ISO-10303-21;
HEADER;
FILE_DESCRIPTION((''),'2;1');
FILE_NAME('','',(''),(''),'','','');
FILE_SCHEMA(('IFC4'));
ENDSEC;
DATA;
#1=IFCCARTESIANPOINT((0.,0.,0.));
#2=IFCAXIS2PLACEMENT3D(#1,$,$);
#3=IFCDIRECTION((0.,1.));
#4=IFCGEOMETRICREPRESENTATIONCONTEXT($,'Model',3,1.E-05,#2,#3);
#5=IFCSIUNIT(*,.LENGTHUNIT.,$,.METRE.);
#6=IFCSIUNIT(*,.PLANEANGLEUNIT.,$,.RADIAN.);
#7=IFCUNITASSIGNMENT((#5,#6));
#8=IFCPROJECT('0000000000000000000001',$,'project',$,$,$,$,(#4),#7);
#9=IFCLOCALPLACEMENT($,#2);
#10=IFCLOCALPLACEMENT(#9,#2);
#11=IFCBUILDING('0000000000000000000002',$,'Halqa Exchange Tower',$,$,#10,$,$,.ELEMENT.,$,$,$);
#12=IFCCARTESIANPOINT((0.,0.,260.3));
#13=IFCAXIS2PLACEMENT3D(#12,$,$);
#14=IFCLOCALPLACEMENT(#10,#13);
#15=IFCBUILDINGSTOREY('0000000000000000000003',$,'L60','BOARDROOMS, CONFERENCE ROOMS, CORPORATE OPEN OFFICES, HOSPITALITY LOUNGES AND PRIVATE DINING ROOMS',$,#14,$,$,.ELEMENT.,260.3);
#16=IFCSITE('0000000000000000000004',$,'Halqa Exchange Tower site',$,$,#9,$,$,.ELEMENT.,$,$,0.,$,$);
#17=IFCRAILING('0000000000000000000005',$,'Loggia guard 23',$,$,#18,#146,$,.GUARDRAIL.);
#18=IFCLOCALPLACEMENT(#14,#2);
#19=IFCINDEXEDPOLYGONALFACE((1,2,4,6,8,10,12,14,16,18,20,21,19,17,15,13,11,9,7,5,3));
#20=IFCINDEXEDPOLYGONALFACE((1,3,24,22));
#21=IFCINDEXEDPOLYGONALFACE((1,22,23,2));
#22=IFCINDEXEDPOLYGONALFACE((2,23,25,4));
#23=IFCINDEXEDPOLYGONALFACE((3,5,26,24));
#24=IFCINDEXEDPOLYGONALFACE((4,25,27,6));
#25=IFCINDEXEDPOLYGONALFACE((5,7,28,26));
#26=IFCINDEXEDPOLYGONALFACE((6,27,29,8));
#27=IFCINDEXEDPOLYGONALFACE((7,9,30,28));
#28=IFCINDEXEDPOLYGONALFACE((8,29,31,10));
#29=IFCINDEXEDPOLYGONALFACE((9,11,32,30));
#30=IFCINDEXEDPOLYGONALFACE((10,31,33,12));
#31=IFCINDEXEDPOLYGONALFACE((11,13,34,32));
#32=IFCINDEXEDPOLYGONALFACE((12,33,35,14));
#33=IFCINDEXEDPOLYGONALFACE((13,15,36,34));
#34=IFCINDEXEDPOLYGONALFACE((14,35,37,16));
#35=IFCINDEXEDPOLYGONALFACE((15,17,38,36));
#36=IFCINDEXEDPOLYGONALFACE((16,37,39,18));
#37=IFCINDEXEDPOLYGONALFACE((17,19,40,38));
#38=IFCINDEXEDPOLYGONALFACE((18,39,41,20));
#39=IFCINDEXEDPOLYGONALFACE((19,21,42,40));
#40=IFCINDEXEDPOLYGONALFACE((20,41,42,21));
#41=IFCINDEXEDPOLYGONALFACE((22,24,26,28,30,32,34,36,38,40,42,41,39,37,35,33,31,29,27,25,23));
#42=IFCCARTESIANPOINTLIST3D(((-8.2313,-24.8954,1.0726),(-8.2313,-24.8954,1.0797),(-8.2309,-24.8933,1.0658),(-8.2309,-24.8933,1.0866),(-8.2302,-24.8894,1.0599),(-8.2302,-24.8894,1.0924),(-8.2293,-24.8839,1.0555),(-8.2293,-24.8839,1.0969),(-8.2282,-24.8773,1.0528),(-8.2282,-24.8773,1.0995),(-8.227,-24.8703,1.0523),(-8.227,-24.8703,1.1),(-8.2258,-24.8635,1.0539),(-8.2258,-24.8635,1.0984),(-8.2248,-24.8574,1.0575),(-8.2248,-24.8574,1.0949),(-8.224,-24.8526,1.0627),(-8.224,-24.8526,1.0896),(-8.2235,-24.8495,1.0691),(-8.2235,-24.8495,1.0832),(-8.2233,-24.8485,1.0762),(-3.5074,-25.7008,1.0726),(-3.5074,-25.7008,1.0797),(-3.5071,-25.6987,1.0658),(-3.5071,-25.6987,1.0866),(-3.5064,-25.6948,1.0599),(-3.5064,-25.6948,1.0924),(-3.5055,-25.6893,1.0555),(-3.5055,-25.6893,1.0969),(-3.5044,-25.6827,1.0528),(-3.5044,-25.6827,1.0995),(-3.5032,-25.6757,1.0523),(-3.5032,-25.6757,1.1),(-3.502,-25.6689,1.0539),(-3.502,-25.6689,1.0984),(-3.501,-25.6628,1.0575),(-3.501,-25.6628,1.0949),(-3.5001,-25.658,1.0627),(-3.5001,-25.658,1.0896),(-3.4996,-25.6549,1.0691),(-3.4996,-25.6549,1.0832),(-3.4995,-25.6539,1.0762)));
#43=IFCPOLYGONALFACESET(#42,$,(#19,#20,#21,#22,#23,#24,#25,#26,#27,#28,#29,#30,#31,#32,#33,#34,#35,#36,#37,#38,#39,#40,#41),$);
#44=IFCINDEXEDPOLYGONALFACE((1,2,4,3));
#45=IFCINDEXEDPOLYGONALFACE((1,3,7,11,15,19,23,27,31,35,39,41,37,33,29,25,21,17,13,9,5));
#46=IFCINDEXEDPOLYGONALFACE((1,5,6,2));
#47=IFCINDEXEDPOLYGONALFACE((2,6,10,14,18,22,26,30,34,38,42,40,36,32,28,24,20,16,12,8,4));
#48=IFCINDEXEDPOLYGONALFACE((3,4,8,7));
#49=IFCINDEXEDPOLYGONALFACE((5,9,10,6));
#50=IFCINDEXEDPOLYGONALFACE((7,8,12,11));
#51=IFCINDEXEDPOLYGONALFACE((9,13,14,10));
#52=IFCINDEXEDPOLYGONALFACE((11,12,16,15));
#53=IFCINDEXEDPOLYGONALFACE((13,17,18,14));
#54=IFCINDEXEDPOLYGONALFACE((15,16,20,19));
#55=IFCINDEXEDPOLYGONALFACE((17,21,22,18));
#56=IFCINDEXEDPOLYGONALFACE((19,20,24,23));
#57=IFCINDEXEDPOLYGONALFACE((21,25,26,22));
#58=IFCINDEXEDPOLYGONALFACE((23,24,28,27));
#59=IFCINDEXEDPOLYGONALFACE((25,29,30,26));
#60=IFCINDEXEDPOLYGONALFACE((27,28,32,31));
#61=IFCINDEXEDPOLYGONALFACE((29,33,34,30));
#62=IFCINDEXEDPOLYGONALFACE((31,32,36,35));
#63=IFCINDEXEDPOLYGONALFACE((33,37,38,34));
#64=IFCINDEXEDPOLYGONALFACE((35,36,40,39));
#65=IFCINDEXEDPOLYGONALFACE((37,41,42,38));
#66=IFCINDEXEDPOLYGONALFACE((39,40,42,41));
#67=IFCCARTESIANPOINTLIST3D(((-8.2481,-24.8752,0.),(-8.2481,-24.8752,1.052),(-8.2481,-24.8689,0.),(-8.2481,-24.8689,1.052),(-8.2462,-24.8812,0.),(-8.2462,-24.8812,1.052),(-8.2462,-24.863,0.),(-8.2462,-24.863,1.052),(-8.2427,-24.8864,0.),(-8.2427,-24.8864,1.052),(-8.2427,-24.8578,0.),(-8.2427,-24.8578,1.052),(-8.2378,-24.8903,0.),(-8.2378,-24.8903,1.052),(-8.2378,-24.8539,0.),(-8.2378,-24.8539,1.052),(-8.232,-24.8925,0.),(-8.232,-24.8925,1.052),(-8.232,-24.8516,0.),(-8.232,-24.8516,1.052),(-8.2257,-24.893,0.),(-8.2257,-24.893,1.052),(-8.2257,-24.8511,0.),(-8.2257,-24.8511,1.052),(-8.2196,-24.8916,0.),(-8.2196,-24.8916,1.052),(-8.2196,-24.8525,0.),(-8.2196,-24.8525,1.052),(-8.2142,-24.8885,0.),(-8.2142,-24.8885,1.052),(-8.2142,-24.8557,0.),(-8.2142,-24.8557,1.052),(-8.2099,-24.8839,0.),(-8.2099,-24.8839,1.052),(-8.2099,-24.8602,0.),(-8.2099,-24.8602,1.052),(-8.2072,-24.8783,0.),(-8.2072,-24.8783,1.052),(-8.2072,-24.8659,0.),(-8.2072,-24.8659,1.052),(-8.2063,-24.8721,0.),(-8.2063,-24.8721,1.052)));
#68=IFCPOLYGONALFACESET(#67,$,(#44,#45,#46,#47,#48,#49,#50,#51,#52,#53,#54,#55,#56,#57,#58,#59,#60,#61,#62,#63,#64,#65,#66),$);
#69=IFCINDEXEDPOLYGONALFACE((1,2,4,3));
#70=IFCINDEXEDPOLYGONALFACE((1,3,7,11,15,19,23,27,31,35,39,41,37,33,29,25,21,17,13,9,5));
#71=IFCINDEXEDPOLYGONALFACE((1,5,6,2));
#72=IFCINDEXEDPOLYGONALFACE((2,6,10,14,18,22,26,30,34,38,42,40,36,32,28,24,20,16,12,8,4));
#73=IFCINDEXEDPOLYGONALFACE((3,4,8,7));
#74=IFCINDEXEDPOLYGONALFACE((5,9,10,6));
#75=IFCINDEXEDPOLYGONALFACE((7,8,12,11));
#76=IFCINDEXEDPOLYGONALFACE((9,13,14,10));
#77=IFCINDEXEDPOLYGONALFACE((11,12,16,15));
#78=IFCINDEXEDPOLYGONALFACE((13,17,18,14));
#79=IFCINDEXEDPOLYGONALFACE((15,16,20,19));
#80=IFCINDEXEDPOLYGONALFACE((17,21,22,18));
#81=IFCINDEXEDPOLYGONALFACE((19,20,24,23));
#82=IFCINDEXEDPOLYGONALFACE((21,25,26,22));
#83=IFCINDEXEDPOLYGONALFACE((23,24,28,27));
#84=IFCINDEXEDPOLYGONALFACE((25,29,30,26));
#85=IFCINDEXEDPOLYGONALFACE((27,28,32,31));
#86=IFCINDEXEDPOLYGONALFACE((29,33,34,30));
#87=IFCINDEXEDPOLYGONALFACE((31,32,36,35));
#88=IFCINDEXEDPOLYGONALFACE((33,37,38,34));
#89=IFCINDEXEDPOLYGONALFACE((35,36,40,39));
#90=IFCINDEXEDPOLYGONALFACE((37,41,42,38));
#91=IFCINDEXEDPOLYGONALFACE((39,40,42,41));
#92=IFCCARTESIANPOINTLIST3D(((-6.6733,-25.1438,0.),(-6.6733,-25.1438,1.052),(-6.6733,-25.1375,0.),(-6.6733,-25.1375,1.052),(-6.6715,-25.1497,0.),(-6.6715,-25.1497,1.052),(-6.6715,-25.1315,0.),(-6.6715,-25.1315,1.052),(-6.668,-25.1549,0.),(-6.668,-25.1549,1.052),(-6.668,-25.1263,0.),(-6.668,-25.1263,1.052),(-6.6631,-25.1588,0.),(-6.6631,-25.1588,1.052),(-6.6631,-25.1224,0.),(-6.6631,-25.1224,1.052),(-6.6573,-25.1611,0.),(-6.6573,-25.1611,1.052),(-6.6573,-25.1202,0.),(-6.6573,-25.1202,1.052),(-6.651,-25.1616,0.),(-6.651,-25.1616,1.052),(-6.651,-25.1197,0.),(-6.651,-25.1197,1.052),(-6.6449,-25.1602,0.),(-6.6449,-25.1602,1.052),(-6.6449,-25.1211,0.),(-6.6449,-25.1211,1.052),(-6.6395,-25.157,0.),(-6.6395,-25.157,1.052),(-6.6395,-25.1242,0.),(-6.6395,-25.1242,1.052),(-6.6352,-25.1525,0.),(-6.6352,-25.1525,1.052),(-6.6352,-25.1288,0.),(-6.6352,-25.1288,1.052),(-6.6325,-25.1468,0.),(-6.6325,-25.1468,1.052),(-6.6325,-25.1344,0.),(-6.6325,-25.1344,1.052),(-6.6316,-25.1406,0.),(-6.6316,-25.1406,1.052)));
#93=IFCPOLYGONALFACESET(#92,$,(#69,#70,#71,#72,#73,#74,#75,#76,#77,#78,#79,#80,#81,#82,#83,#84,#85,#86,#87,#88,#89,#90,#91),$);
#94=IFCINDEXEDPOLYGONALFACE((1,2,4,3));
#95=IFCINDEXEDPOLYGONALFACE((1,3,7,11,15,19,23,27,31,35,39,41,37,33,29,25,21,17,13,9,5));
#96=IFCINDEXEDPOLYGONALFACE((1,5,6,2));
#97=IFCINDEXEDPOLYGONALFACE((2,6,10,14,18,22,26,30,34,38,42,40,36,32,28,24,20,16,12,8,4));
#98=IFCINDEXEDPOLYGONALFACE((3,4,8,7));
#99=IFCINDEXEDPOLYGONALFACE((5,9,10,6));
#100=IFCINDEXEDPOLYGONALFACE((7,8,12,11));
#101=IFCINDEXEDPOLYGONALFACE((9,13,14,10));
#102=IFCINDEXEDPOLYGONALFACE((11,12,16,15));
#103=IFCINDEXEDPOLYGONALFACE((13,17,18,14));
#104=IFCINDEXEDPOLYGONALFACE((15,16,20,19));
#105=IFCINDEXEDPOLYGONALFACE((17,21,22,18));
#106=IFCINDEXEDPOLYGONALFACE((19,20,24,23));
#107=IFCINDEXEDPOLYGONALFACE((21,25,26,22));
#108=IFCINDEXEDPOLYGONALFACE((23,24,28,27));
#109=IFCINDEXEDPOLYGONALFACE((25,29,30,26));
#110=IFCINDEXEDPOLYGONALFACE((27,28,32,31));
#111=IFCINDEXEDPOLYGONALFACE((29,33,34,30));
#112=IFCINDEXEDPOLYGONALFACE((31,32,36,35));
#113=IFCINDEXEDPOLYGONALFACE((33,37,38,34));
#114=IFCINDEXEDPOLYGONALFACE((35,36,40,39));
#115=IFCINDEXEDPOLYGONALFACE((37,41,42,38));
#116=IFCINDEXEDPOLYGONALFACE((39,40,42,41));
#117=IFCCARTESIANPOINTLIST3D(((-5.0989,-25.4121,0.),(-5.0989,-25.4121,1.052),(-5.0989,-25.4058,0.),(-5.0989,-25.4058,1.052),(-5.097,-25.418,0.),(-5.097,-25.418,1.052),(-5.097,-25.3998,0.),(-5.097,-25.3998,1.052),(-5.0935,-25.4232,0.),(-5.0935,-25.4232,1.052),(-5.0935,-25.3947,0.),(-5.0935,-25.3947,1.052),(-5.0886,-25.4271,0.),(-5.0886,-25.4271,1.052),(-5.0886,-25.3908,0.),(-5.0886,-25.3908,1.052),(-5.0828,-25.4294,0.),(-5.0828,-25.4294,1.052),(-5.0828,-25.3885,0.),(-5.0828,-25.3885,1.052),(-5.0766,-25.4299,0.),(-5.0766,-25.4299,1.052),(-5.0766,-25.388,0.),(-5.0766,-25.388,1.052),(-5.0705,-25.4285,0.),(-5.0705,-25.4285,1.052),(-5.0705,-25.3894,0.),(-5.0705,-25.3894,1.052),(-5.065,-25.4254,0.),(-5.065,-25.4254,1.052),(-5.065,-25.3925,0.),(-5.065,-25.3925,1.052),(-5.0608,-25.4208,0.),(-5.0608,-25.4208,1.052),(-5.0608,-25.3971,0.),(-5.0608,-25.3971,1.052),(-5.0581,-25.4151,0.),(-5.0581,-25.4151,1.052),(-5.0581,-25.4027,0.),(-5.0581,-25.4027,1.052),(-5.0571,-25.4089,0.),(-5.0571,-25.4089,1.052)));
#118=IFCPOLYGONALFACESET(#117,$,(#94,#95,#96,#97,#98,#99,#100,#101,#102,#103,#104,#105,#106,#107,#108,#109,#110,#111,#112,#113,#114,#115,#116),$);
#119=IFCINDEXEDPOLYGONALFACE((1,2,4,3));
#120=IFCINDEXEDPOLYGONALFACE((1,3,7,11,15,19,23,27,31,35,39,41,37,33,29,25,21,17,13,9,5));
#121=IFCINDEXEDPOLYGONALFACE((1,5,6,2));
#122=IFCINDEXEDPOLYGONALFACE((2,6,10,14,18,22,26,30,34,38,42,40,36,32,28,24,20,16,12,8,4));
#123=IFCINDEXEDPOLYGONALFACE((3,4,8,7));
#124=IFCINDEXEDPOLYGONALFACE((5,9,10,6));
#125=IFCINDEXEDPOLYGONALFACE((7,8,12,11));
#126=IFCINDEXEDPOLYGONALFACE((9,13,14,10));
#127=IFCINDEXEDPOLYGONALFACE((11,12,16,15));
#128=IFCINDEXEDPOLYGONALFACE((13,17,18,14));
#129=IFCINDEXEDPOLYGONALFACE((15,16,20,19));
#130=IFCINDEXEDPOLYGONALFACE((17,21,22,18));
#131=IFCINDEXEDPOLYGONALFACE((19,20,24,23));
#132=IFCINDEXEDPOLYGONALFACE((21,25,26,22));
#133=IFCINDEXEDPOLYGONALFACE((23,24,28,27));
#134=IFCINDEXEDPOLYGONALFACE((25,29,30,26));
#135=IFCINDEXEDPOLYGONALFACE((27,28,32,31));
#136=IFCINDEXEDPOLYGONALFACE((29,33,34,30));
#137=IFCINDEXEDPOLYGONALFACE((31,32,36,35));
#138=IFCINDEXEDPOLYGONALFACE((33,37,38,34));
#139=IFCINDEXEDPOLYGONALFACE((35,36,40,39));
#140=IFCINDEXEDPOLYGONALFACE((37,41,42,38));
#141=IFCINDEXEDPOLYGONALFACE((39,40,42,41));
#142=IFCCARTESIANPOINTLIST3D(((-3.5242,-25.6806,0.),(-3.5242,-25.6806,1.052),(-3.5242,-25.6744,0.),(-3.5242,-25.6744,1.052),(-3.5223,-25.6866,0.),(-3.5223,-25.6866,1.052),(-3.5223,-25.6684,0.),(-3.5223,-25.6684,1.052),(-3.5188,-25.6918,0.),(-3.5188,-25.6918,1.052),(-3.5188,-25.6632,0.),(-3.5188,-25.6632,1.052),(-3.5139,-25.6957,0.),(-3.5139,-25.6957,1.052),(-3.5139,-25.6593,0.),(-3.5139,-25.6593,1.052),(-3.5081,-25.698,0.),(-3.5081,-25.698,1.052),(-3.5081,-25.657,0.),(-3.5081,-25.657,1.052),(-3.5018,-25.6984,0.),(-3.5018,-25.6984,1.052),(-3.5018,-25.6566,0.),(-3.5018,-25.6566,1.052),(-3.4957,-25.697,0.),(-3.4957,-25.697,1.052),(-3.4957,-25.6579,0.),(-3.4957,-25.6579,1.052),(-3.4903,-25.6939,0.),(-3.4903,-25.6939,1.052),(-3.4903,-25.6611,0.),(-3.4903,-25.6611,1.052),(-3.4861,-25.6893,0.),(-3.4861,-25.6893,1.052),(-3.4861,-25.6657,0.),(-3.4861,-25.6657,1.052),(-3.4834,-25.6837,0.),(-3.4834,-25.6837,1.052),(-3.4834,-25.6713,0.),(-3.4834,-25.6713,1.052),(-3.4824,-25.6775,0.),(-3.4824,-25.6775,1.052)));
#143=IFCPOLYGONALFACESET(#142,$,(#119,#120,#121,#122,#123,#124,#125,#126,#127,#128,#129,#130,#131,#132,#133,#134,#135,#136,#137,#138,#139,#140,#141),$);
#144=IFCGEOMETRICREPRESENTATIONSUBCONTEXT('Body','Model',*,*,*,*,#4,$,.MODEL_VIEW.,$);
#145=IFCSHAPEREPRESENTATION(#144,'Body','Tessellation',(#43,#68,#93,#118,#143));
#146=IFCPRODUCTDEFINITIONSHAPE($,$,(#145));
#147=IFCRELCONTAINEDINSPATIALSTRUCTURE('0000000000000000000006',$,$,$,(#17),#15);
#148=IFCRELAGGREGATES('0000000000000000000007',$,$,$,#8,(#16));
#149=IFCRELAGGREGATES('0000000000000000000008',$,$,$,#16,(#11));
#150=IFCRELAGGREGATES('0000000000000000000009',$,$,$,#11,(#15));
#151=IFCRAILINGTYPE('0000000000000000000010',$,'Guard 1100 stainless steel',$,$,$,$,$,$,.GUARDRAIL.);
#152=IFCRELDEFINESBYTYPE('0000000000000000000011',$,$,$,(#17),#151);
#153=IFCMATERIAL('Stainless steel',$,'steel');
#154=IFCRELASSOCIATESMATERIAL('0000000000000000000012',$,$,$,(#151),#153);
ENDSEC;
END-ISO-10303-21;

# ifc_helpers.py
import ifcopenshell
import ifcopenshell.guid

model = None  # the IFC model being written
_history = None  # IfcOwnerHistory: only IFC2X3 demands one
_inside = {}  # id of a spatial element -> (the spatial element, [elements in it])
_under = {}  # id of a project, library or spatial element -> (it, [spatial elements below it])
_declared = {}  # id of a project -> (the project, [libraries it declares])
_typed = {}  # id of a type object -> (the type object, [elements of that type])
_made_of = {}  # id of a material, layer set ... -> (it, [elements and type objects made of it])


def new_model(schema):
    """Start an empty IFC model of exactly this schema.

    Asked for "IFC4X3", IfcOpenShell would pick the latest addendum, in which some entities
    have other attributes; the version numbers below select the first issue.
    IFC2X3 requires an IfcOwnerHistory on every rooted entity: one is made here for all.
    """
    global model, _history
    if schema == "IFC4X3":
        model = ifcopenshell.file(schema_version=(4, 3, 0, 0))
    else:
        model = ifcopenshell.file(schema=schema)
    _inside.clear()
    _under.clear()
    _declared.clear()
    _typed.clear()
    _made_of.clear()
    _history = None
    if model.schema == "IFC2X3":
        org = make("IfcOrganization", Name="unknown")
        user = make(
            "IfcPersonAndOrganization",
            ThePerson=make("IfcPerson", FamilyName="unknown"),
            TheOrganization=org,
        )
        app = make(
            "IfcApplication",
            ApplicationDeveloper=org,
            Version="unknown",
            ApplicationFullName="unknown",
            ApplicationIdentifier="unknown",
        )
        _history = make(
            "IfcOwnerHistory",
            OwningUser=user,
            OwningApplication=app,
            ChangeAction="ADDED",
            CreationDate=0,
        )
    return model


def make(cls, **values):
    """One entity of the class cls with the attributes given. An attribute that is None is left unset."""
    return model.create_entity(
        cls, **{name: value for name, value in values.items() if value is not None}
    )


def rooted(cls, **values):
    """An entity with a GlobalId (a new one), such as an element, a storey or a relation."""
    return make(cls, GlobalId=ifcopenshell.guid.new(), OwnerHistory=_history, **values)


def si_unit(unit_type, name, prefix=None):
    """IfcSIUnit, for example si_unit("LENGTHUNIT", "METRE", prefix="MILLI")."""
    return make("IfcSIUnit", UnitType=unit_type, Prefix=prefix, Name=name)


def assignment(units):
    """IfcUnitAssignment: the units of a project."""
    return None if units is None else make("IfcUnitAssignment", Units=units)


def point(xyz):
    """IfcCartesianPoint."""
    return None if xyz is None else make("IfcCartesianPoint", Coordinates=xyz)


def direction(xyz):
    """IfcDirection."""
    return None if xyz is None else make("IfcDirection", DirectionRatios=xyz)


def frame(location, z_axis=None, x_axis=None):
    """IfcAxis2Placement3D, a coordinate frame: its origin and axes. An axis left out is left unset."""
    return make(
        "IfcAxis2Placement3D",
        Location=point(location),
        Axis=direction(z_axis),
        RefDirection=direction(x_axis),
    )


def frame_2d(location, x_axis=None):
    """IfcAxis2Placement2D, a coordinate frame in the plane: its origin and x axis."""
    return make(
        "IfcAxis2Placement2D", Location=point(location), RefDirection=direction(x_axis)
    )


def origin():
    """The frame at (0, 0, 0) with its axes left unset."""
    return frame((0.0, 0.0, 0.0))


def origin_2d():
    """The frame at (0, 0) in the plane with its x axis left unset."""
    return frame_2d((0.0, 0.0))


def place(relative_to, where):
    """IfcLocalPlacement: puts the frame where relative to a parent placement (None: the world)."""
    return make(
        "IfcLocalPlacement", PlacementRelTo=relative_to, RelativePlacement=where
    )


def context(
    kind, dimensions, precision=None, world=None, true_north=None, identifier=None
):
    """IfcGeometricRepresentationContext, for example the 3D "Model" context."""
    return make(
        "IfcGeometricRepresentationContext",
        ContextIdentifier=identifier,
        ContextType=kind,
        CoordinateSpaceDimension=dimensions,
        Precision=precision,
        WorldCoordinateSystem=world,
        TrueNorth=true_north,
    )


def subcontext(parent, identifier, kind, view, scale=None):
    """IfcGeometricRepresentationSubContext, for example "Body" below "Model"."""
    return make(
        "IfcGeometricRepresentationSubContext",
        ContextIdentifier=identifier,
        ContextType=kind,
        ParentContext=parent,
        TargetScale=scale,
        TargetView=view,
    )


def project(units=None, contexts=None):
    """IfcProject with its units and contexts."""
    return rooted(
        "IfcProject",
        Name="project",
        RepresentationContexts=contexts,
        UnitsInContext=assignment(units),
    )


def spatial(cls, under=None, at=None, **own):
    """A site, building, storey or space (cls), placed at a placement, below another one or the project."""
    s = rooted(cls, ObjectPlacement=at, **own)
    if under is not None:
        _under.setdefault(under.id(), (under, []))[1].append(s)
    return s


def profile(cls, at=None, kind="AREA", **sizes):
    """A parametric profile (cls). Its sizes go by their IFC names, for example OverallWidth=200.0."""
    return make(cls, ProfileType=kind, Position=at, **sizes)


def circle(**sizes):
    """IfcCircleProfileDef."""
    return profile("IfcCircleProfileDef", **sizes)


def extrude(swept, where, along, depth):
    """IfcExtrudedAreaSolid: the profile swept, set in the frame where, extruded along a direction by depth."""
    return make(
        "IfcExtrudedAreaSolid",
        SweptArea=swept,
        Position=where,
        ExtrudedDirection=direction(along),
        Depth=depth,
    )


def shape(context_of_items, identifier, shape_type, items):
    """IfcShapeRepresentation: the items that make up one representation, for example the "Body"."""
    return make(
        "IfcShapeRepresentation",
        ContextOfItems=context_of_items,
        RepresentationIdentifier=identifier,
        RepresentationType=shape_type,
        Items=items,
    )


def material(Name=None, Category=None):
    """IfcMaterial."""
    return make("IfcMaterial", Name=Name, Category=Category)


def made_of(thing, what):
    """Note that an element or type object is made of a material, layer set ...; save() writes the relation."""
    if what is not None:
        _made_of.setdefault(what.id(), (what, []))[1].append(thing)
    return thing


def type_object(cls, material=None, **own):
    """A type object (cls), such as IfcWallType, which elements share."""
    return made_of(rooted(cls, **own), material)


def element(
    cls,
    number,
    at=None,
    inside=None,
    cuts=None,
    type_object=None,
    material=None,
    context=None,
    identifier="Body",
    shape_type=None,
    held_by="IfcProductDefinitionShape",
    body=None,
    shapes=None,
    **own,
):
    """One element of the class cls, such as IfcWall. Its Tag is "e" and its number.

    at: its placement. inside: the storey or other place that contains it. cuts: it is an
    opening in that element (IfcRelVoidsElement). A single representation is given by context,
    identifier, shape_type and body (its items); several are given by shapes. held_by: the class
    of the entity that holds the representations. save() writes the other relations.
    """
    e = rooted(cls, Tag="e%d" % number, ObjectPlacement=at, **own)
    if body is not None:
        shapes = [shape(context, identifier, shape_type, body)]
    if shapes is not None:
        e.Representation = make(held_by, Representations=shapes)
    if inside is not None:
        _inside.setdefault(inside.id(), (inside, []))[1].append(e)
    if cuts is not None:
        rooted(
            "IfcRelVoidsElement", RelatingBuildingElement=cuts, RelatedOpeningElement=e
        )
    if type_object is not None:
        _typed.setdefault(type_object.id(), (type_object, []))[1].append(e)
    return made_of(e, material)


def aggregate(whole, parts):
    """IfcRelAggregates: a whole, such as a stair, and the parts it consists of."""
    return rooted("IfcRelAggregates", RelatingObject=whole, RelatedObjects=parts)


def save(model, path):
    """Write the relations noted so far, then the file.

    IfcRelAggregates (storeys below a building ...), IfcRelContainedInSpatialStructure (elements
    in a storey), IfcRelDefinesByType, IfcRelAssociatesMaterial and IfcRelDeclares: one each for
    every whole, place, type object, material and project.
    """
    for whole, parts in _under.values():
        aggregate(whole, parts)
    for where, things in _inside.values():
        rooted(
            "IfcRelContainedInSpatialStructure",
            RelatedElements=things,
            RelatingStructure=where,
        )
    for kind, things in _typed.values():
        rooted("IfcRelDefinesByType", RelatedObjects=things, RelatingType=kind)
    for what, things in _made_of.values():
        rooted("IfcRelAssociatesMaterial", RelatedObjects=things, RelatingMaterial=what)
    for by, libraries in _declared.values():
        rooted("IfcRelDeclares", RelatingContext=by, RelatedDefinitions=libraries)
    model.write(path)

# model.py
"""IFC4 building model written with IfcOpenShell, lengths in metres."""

from ifc_helpers import new_model, si_unit, direction, frame, origin, origin_2d, place, context, subcontext, project, spatial, circle, extrude, material, type_object, element, save


model = new_model("IFC4")

# Units and contexts
model_context = context("Model", 3, precision=1e-05, world=origin(), true_north=direction((0.0, 1.0)))
body_context = subcontext(model_context, "Body", "Model", "MODEL_VIEW")
ifc_project = project(units=[si_unit("LENGTHUNIT", "METRE"), si_unit("PLANEANGLEUNIT", "RADIAN")], contexts=[model_context])

# Site, building, storey
site_placement = place(None, origin())
site = spatial("IfcSite", under=ifc_project, at=site_placement, Name="Halqa Exchange Tower site", CompositionType="ELEMENT", RefElevation=0.0)
building_placement = place(site_placement, origin())
building = spatial("IfcBuilding", under=site, at=building_placement, Name="Halqa Exchange Tower", CompositionType="ELEMENT")
storey_placement = place(building_placement, frame((0.0, 0.0, 260.3)))
storey = spatial("IfcBuildingStorey", under=building, at=storey_placement, Name="L60", Description="BOARDROOMS, CONFERENCE ROOMS, CORPORATE OPEN OFFICES, HOSPITALITY LOUNGES AND PRIVATE DINING ROOMS", CompositionType="ELEMENT", Elevation=260.3)

# Railing
ifc_material_1 = material(Name="Stainless steel", Category="steel")
railing_type = type_object("IfcRailingType", Name="Guard 1100 stainless steel", PredefinedType="GUARDRAIL", material=ifc_material_1)
railing_1_placement = place(storey_placement, frame((-8.2273, -24.8721, 0.0)))
element("IfcRailing", 1, at=railing_1_placement, inside=storey, type_object=railing_type, Name="Loggia guard 23", PredefinedType="GUARDRAIL", context=body_context, shape_type="SweptSolid", body=[
    extrude(circle(Radius=0.0239, at=origin_2d()), frame((0.0, 0.0, 1.0762), z_axis=(0.985774, -0.168074, 0.0), x_axis=(0.168074, 0.985774, 0.0)), (0.0, 0.0, 1.0), 4.792),
    extrude(circle(Radius=0.021, at=origin_2d()), origin(), (0.0, 0.0, 1.0), 1.052),
    extrude(circle(Radius=0.021, at=origin_2d()), frame((1.5747, -0.2686, 0.0)), (0.0, 0.0, 1.0), 1.052),
    extrude(circle(Radius=0.021, at=origin_2d()), frame((3.1492, -0.5369, 0.0)), (0.0, 0.0, 1.0), 1.052),
    extrude(circle(Radius=0.021, at=origin_2d()), frame((4.7239, -0.8054, 0.0)), (0.0, 0.0, 1.0), 1.052),
])

save(model, "model.ifc")
